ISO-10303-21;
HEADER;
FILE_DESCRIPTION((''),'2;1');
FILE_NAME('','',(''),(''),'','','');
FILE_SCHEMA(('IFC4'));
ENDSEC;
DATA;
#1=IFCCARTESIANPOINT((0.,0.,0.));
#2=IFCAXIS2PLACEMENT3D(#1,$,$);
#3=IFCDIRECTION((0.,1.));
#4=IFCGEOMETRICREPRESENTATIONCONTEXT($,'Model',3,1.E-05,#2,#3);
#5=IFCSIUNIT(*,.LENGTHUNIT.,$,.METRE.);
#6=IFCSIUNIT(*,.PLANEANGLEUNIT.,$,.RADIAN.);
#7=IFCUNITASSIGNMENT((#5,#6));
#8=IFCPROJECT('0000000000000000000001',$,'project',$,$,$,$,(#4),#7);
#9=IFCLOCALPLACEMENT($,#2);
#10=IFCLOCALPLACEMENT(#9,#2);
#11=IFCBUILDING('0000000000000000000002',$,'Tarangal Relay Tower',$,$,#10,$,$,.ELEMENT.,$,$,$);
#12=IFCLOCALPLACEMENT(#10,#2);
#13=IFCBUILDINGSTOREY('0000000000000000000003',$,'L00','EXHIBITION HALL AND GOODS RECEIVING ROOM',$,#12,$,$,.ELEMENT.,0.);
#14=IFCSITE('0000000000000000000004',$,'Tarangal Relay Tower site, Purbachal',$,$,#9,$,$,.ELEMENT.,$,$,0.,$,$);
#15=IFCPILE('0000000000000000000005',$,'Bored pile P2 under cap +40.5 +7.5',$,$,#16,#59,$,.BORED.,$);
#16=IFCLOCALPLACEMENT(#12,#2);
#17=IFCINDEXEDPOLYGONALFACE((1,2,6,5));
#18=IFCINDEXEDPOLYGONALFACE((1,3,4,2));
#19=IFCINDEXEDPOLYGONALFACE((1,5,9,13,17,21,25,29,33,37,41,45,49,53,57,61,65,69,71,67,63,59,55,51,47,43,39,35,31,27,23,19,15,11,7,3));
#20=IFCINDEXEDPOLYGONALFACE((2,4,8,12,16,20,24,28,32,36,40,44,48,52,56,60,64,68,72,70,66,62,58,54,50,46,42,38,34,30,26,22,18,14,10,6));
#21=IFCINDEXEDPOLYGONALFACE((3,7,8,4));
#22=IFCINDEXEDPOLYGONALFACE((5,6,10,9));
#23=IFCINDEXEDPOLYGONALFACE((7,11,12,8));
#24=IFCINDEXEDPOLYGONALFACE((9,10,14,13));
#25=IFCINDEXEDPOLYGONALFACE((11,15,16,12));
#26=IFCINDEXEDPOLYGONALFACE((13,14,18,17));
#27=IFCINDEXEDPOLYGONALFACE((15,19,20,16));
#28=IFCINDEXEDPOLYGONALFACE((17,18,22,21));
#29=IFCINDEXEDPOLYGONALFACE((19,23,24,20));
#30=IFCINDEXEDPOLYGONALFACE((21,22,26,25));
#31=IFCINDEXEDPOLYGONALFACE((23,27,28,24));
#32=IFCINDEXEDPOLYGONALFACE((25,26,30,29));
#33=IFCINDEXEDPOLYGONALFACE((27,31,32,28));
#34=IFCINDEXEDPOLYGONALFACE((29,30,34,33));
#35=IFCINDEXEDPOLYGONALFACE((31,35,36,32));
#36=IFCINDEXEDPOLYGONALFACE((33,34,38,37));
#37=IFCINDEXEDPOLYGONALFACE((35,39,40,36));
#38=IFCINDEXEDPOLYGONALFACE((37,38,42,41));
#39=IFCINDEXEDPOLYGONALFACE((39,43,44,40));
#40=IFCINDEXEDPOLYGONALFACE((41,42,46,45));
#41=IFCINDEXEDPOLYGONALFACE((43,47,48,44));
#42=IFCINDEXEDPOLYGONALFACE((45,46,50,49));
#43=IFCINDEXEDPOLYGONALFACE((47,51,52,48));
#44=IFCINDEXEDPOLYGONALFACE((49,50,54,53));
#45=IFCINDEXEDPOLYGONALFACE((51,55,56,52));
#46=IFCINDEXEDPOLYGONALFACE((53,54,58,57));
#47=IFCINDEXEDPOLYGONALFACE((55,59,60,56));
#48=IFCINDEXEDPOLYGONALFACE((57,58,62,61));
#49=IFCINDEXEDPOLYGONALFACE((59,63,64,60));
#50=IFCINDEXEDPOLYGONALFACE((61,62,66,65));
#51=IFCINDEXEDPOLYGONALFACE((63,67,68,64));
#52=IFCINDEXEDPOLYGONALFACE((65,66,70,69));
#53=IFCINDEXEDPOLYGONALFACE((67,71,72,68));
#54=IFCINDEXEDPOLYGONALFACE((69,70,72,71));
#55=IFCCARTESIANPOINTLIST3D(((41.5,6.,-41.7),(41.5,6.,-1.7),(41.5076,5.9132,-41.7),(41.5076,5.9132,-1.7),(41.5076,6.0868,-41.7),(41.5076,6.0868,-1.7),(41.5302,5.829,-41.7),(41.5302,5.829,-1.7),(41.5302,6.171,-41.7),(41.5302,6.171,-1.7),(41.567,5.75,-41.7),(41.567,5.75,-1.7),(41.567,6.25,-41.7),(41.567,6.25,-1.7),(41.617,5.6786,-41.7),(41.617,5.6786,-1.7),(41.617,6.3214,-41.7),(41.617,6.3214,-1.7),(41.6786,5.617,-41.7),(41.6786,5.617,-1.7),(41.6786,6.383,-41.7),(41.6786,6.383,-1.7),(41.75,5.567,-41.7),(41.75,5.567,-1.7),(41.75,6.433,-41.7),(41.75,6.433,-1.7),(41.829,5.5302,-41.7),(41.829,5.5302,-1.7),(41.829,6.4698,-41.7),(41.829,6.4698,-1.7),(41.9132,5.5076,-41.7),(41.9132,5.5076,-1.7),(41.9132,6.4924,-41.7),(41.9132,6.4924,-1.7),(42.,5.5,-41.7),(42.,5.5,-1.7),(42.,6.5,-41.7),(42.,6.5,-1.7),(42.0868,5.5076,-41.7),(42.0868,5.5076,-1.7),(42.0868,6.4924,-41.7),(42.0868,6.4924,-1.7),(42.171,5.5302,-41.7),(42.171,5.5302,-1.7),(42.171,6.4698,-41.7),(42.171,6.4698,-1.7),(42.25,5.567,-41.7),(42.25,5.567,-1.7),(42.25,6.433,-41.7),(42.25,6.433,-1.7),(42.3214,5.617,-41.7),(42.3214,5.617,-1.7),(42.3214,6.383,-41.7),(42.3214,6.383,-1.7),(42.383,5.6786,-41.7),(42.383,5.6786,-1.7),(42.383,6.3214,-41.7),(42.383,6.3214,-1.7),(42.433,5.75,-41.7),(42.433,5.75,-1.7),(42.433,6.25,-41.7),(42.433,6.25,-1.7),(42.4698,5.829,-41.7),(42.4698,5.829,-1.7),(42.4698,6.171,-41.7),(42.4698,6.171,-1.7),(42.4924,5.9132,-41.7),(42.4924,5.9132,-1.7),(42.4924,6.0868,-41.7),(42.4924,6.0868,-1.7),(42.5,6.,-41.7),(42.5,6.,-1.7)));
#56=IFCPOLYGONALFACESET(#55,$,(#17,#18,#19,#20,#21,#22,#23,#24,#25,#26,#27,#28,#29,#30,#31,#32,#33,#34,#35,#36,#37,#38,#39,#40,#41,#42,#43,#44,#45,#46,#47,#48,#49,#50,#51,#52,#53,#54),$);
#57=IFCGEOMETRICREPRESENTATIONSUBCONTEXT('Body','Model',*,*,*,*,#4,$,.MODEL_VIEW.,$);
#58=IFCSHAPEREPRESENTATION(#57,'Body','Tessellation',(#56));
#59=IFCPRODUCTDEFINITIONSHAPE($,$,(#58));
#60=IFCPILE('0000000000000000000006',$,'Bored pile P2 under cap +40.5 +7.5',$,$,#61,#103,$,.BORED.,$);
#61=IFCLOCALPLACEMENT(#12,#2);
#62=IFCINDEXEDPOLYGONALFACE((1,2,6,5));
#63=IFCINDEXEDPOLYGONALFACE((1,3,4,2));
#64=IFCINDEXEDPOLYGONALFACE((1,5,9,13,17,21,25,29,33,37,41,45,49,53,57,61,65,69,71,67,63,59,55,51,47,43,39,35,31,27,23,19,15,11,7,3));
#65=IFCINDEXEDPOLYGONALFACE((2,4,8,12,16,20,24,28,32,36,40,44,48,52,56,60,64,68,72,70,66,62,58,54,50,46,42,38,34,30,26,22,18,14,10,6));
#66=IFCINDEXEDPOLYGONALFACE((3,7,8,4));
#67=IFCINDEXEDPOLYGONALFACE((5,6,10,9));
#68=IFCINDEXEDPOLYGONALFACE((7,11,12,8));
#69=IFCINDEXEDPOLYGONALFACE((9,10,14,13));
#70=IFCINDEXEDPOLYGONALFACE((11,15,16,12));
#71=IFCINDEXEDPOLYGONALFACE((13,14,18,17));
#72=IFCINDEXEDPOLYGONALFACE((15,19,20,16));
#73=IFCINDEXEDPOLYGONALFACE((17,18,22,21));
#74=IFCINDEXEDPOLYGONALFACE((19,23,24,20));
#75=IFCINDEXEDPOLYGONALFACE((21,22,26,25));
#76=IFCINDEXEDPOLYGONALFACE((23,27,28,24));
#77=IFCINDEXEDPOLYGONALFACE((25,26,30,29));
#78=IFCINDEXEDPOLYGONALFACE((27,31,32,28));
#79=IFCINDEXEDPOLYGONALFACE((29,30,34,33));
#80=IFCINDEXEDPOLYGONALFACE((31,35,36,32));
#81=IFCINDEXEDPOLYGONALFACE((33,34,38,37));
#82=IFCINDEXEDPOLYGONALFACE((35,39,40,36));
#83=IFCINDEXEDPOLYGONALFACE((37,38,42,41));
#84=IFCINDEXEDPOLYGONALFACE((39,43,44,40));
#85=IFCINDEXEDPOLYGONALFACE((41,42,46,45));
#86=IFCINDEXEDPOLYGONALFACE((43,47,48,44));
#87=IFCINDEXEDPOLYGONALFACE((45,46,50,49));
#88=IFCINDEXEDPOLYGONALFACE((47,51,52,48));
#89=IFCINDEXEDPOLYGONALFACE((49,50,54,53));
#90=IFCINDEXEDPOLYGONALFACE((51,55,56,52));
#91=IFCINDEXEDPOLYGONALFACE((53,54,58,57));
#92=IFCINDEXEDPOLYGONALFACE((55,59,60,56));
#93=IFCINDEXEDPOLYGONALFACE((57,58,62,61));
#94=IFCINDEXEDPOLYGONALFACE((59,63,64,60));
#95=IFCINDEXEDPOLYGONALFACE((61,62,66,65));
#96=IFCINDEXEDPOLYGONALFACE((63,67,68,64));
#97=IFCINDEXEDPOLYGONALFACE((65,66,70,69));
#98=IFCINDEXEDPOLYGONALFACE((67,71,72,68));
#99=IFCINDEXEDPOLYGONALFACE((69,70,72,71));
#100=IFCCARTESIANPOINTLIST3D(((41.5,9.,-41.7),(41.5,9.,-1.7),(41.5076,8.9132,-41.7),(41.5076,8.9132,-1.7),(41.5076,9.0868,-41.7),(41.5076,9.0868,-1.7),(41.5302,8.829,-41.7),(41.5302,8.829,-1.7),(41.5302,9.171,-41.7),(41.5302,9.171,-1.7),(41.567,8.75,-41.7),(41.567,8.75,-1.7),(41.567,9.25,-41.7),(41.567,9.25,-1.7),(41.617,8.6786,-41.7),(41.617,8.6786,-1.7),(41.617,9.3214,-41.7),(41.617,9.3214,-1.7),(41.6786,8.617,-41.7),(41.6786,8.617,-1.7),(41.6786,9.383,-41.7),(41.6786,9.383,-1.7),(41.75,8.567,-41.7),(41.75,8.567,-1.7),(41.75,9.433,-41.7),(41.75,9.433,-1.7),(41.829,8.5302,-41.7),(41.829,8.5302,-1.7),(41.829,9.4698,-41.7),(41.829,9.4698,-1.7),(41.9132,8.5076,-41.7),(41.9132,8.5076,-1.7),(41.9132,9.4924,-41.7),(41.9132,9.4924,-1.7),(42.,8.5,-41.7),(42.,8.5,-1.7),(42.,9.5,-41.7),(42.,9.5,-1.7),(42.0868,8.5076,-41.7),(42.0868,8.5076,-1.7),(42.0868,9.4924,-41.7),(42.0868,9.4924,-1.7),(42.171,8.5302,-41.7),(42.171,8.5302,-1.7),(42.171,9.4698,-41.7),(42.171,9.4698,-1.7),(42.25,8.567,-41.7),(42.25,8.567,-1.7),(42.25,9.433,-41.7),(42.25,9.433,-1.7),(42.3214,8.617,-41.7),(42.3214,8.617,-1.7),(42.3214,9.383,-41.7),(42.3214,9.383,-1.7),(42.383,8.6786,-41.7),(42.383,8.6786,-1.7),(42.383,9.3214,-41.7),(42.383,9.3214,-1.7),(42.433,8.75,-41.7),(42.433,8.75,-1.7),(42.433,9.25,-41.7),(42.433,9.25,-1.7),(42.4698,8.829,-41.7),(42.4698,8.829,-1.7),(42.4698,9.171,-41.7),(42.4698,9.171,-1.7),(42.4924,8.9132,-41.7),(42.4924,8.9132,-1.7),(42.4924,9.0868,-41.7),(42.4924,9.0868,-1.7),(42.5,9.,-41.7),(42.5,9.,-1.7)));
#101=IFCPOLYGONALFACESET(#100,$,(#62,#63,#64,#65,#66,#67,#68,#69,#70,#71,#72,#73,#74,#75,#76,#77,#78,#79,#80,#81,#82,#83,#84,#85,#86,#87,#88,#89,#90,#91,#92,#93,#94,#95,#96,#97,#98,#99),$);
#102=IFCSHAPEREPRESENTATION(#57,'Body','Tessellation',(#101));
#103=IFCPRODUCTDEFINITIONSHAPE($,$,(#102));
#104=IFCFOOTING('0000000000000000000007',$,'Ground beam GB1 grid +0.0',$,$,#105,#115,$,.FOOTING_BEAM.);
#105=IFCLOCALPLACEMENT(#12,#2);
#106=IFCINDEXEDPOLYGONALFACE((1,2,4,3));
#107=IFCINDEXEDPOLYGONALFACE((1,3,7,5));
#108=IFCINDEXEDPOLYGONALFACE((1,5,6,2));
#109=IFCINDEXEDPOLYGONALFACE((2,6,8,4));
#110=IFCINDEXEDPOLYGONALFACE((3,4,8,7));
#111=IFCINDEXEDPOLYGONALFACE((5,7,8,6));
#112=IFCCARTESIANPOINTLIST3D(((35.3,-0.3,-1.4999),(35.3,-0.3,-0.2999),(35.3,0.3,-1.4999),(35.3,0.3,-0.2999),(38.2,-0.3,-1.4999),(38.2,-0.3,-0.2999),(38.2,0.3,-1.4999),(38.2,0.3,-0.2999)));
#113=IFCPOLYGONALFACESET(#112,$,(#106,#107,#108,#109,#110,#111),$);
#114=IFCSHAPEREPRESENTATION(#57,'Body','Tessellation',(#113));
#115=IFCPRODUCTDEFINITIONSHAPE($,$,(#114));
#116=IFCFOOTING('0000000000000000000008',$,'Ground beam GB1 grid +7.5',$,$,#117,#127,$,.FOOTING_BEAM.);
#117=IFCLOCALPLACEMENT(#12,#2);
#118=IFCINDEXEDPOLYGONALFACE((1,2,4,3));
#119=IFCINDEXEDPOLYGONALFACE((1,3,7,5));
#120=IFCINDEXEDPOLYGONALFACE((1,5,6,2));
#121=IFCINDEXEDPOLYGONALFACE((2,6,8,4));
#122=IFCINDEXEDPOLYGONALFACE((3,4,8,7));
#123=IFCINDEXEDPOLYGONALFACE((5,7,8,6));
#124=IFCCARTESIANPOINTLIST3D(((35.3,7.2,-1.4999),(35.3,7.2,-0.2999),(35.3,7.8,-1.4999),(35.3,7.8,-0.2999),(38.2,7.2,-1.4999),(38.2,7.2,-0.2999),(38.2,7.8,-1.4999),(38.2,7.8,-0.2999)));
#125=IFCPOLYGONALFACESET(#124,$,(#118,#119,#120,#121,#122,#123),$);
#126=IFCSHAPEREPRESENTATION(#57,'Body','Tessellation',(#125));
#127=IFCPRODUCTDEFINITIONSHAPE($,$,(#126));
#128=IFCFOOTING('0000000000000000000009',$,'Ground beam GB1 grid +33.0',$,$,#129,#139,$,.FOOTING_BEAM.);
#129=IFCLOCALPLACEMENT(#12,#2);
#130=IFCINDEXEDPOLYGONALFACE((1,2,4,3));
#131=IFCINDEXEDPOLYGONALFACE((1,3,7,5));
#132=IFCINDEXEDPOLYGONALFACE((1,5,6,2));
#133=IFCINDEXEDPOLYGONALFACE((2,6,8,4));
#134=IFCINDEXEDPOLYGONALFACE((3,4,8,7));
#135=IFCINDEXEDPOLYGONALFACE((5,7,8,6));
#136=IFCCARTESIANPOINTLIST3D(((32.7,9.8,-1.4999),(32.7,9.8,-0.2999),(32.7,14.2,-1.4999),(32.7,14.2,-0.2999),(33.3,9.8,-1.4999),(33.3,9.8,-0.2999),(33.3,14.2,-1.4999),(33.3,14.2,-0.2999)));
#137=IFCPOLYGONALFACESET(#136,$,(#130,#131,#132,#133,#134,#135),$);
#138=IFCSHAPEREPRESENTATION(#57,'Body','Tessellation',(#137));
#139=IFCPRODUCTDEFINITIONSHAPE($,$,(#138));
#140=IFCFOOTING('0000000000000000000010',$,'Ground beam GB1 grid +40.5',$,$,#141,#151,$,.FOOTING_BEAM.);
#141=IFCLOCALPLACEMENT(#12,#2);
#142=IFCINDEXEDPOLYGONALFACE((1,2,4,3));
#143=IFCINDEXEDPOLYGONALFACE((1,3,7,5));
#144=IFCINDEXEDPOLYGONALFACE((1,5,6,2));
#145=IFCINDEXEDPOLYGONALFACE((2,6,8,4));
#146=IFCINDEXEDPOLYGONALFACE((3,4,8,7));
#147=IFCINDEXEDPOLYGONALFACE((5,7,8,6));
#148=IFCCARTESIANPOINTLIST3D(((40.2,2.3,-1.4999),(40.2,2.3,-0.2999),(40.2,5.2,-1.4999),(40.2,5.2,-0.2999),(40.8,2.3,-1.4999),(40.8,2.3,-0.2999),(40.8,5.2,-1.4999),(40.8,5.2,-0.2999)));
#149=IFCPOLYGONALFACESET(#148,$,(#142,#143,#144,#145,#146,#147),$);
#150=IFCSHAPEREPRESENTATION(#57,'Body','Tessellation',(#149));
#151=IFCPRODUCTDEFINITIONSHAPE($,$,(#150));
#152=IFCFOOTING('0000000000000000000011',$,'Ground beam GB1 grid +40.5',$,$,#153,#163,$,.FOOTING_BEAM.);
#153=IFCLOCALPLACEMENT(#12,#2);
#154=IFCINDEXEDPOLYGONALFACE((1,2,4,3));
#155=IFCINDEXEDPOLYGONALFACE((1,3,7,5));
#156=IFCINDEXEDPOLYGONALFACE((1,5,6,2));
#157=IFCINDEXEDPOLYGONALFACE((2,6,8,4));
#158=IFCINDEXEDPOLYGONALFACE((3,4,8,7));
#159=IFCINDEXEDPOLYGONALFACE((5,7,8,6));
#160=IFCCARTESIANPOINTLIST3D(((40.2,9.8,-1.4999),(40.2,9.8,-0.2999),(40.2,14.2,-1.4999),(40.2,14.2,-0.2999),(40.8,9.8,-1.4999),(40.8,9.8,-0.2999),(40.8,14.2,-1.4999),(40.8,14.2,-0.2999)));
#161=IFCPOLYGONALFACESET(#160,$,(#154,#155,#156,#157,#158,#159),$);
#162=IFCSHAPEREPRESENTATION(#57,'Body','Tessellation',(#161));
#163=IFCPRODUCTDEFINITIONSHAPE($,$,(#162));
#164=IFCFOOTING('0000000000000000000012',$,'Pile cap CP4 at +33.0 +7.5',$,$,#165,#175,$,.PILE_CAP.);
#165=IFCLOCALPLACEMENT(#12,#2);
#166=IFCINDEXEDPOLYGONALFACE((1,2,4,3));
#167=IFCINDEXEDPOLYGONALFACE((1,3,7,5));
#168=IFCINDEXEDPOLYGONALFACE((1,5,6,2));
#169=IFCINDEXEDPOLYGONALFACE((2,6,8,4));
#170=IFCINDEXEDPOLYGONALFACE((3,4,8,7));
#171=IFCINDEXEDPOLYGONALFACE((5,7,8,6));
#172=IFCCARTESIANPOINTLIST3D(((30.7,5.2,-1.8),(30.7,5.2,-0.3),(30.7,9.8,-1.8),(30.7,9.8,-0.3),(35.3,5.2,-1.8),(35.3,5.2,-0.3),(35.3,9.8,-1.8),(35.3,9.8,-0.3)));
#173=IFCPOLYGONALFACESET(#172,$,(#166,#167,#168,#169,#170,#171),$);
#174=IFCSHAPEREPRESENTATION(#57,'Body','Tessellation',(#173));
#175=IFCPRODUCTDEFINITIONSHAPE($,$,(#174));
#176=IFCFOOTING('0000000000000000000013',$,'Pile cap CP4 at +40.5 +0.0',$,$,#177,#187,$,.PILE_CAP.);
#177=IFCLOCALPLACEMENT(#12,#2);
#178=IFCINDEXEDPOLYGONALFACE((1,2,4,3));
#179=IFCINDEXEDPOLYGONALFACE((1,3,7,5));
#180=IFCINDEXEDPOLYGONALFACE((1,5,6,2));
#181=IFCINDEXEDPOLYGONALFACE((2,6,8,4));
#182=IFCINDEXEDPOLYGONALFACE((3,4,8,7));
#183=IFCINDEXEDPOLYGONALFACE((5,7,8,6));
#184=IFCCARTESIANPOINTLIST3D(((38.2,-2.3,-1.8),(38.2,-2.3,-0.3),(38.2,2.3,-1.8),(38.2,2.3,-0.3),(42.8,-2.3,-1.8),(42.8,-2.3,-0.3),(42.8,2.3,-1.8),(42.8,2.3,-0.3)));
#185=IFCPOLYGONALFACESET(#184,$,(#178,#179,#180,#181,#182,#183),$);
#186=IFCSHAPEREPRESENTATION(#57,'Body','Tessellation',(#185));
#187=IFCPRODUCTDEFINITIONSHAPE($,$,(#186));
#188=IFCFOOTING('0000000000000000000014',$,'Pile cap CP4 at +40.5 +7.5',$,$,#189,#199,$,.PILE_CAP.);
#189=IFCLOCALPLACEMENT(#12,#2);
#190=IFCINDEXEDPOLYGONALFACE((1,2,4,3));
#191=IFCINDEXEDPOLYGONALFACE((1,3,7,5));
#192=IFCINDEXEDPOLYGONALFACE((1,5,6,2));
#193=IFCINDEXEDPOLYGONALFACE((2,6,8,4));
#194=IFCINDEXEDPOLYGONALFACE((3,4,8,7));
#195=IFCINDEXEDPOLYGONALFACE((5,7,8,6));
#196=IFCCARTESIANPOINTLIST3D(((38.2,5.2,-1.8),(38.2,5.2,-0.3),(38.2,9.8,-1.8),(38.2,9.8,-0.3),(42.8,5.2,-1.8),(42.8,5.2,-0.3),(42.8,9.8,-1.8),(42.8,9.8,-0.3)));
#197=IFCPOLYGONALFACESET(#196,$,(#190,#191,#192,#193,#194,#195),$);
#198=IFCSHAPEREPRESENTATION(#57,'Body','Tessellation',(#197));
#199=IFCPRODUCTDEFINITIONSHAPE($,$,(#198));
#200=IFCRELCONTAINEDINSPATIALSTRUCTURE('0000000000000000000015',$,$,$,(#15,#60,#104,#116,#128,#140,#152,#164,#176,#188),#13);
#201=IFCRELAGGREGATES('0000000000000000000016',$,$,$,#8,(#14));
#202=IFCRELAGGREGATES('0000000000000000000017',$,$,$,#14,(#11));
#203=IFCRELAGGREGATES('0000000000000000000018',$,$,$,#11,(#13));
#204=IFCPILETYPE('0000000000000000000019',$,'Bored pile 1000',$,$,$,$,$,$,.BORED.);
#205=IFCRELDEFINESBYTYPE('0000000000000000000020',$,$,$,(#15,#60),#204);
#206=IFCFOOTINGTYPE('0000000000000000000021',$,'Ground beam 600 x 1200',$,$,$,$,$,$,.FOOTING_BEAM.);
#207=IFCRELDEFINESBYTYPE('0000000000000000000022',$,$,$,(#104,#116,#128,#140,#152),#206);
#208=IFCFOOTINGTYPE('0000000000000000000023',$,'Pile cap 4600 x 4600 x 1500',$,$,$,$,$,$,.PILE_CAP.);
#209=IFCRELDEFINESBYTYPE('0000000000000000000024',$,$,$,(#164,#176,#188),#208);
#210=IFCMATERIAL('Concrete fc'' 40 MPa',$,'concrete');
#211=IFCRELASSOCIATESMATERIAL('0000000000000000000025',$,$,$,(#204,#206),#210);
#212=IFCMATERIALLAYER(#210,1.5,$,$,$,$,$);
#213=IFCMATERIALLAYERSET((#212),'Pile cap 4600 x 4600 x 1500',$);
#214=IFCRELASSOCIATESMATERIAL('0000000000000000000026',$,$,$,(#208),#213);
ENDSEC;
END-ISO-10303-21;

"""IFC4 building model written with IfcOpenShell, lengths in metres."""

from ifc_helpers import new_model, si_unit, direction, frame, origin, origin_2d, place, context, subcontext, project, spatial, rectangle, circle, extrude, material, layer, layer_set, material_profile, profile_set, type_object, element, save


model = new_model("IFC4")

# Units and contexts
model_context = context("Model", 3, precision=1e-05, world=origin(), true_north=direction((0.0, 1.0)))
body_context = subcontext(model_context, "Body", "Model", "MODEL_VIEW")
ifc_project = project(units=[si_unit("LENGTHUNIT", "METRE"), si_unit("PLANEANGLEUNIT", "RADIAN")], contexts=[model_context])

# Site, building, storey
site_placement = place(None, origin())
site = spatial("IfcSite", under=ifc_project, at=site_placement, Name="Tarangal Relay Tower site, Purbachal", CompositionType="ELEMENT", RefElevation=0.0)
building_placement = place(site_placement, origin())
building = spatial("IfcBuilding", under=site, at=building_placement, Name="Tarangal Relay Tower", CompositionType="ELEMENT")
storey_placement = place(building_placement, origin())
storey = spatial("IfcBuildingStorey", under=building, at=storey_placement, Name="L00", Description="EXHIBITION HALL AND GOODS RECEIVING ROOM", CompositionType="ELEMENT", Elevation=0.0)

# Piles
ifc_material_1 = material(Name="Concrete fc' 40 MPa", Category="concrete")
ifc_material_profile_1 = material_profile(ifc_material_1, circle(Radius=0.5, at=origin_2d()), Name="D1000")
ifc_profile_set_1 = profile_set([ifc_material_profile_1], Name="Concrete fc' 40 MPa")
pile_type = type_object("IfcPileType", Name="Bored pile 1000", PredefinedType="BORED", material=ifc_profile_set_1)
for number, where, z_axis, x_axis, name in (
    (1, (42.0, 6.0, -1.7), (0.0, 0.0, -1.0), (1.0, 0.0, 0.0), "Bored pile P2 under cap +40.5 +7.5"),
    (2, (42.0, 9.0, -1.7), (0.0, 0.0, -1.0), (1.0, 0.0, 0.0), "Bored pile P2 under cap +40.5 +7.5"),
):
    element("IfcPile", number, at=place(storey_placement, frame(where, z_axis=z_axis, x_axis=x_axis)), inside=storey, type_object=pile_type, Name=name, PredefinedType="BORED", context=body_context, shape_type="SweptSolid", body=[
        extrude(circle(Radius=0.5, at=origin_2d()), origin(), (0.0, 0.0, 1.0), 40.0),
    ])

# Footings
ifc_material_profile_2 = material_profile(ifc_material_1, rectangle(XDim=0.6001, YDim=1.2, at=origin_2d()), Name="GB 600X1200")
ifc_profile_set_2 = profile_set([ifc_material_profile_2], Name="Concrete fc' 40 MPa")
footing_type_1 = type_object("IfcFootingType", Name="Ground beam 600 x 1200", PredefinedType="FOOTING_BEAM", material=ifc_profile_set_2)
for number, where, z_axis, x_axis, name in (
    (3, (35.3, 0.0, -0.8999), (1.0, 0.0, 0.0), (0.0, 1.0, 0.0), "Ground beam GB1 grid +0.0"),
    (4, (35.3, 7.5, -0.8999), (1.0, 0.0, 0.0), (0.0, 1.0, 0.0), "Ground beam GB1 grid +7.5"),
):
    element("IfcFooting", number, at=place(storey_placement, frame(where, z_axis=z_axis, x_axis=x_axis)), inside=storey, type_object=footing_type_1, Name=name, PredefinedType="FOOTING_BEAM", context=body_context, shape_type="SweptSolid", body=[
        extrude(rectangle(XDim=0.6001, YDim=1.2, at=origin_2d()), origin(), (0.0, 0.0, 1.0), 2.8999),
    ])
footing_1_placement = place(storey_placement, frame((33.0, 9.8, -0.8999), z_axis=(0.0, 1.0, 0.0), x_axis=(-1.0, 0.0, 0.0)))
element("IfcFooting", 5, at=footing_1_placement, inside=storey, type_object=footing_type_1, Name="Ground beam GB1 grid +33.0", PredefinedType="FOOTING_BEAM", context=body_context, shape_type="SweptSolid", body=[
    extrude(rectangle(XDim=0.6001, YDim=1.2, at=origin_2d()), origin(), (0.0, 0.0, 1.0), 4.3999),
])
footing_2_placement = place(storey_placement, frame((40.5, 2.3, -0.8999), z_axis=(0.0, 1.0, 0.0), x_axis=(-1.0, 0.0, 0.0)))
element("IfcFooting", 6, at=footing_2_placement, inside=storey, type_object=footing_type_1, Name="Ground beam GB1 grid +40.5", PredefinedType="FOOTING_BEAM", context=body_context, shape_type="SweptSolid", body=[
    extrude(rectangle(XDim=0.6001, YDim=1.2, at=origin_2d()), origin(), (0.0, 0.0, 1.0), 2.8999),
])
footing_3_placement = place(storey_placement, frame((40.5, 9.8, -0.8999), z_axis=(0.0, 1.0, 0.0), x_axis=(-1.0, 0.0, 0.0)))
element("IfcFooting", 7, at=footing_3_placement, inside=storey, type_object=footing_type_1, Name="Ground beam GB1 grid +40.5", PredefinedType="FOOTING_BEAM", context=body_context, shape_type="SweptSolid", body=[
    extrude(rectangle(XDim=0.6001, YDim=1.2, at=origin_2d()), origin(), (0.0, 0.0, 1.0), 4.3999),
])
ifc_layer = layer(ifc_material_1, 1.5)
ifc_layer_set = layer_set([ifc_layer], Name="Pile cap 4600 x 4600 x 1500")
footing_type_2 = type_object("IfcFootingType", Name="Pile cap 4600 x 4600 x 1500", PredefinedType="PILE_CAP", material=ifc_layer_set)
for number, where, z_axis, x_axis, name in (
    (8, (33.0, 7.5, -1.8), (0.0, 0.0, 1.0), (1.0, 0.0, 0.0), "Pile cap CP4 at +33.0 +7.5"),
    (9, (40.5, 0.0, -1.8), (0.0, 0.0, 1.0), (1.0, 0.0, 0.0), "Pile cap CP4 at +40.5 +0.0"),
    (10, (40.5, 7.5, -1.8), (0.0, 0.0, 1.0), (1.0, 0.0, 0.0), "Pile cap CP4 at +40.5 +7.5"),
):
    element("IfcFooting", number, at=place(storey_placement, frame(where, z_axis=z_axis, x_axis=x_axis)), inside=storey, type_object=footing_type_2, Name=name, PredefinedType="PILE_CAP", context=body_context, shape_type="SweptSolid", body=[
        extrude(rectangle(XDim=4.6001, YDim=4.6001, at=origin_2d()), origin(), (0.0, 0.0, 1.0), 1.5),
    ])

save(model, "model.ifc")
